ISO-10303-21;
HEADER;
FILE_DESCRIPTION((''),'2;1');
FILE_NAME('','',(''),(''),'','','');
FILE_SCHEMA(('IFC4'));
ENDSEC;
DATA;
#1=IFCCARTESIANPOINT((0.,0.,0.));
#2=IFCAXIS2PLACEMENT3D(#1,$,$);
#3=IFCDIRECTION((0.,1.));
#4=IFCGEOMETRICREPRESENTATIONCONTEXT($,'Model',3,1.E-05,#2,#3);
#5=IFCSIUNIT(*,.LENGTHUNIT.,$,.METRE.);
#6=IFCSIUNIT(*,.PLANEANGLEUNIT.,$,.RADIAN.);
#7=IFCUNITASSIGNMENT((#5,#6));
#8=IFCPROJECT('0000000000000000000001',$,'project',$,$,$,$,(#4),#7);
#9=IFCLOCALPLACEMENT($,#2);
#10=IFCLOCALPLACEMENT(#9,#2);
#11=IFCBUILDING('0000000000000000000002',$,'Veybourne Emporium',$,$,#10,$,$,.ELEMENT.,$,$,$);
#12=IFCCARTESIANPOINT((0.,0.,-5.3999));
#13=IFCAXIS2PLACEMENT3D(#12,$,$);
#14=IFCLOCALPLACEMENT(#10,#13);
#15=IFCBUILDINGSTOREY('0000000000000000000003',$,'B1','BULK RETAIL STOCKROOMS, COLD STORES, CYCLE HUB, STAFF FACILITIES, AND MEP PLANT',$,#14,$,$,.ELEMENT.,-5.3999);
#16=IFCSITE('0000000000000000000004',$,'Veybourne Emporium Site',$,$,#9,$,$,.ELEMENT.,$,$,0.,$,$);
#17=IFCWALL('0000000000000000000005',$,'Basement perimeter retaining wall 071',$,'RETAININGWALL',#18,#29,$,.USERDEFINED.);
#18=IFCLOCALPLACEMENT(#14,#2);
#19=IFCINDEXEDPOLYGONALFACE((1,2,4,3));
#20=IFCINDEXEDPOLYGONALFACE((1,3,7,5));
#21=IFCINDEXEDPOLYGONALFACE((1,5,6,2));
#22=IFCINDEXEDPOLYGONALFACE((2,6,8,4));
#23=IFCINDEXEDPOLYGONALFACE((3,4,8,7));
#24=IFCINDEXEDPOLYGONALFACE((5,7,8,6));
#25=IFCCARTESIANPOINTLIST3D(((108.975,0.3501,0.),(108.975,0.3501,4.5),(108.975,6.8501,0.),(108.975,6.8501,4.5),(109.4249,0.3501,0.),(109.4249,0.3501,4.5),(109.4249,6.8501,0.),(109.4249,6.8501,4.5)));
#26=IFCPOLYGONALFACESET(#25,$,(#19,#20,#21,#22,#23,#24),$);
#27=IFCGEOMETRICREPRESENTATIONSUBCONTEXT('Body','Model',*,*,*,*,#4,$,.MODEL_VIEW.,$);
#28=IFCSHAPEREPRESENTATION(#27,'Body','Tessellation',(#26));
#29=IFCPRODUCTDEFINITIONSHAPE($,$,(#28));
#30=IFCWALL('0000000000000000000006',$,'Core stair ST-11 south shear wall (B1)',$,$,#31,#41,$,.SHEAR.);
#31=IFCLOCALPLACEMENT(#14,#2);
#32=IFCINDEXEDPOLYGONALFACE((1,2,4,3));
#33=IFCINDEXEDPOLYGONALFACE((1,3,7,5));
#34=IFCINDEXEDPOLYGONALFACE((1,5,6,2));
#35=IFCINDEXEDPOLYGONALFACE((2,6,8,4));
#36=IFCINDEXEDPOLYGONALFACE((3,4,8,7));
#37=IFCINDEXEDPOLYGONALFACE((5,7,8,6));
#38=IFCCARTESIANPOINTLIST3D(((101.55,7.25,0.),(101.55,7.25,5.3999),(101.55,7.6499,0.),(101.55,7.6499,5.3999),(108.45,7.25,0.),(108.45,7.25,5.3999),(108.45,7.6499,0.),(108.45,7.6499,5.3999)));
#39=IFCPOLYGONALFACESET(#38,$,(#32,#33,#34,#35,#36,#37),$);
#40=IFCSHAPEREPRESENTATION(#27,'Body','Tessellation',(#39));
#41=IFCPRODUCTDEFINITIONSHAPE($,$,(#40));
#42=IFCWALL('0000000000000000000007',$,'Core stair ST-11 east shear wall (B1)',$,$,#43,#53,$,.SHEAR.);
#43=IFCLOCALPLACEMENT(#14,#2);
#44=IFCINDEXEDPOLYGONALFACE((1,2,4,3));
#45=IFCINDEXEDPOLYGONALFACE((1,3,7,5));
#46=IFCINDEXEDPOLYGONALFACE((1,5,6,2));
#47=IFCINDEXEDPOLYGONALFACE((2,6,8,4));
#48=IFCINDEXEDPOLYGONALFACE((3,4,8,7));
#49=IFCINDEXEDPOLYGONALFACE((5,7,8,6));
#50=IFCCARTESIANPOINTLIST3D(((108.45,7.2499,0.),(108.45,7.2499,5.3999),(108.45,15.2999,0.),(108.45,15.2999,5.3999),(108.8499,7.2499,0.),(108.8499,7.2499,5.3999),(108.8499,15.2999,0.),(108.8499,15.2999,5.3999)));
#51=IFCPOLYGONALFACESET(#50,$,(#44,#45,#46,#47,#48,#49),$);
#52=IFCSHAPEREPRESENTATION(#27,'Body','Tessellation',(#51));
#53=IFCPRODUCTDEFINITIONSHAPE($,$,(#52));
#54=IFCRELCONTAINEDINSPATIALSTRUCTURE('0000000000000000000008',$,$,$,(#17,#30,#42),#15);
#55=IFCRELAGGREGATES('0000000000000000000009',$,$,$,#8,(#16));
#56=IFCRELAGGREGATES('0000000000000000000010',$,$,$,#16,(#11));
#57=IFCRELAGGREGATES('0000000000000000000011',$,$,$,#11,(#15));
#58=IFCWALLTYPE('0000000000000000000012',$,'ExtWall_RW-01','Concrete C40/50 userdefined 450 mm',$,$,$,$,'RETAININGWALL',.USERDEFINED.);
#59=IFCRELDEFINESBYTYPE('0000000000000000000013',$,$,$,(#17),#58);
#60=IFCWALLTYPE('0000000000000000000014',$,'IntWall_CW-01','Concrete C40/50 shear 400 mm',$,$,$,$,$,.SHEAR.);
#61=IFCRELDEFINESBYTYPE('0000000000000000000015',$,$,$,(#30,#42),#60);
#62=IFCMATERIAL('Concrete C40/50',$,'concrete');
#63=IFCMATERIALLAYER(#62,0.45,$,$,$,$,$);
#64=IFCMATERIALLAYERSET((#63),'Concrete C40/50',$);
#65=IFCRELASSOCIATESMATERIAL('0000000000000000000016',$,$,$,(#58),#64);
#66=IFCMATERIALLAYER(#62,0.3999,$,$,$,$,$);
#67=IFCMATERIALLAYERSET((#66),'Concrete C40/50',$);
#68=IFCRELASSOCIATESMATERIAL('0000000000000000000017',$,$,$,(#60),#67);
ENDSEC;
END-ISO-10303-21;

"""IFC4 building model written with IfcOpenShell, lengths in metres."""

from ifc_helpers import new_model, si_unit, direction, frame, frame_2d, origin, place, context, subcontext, project, spatial, rectangle, extrude, material, layer, layer_set, type_object, element, save


model = new_model("IFC4")

# Units and contexts
model_context = context("Model", 3, precision=1e-05, world=origin(), true_north=direction((0.0, 1.0)))
body_context = subcontext(model_context, "Body", "Model", "MODEL_VIEW")
ifc_project = project(units=[si_unit("LENGTHUNIT", "METRE"), si_unit("PLANEANGLEUNIT", "RADIAN")], contexts=[model_context])

# Site, building, storey
site_placement = place(None, origin())
site = spatial("IfcSite", under=ifc_project, at=site_placement, Name="Veybourne Emporium Site", CompositionType="ELEMENT", RefElevation=0.0)
building_placement = place(site_placement, origin())
building = spatial("IfcBuilding", under=site, at=building_placement, Name="Veybourne Emporium", CompositionType="ELEMENT")
storey_placement = place(building_placement, frame((0.0, 0.0, -5.3999)))
storey = spatial("IfcBuildingStorey", under=building, at=storey_placement, Name="B1", Description="BULK RETAIL STOCKROOMS, COLD STORES, CYCLE HUB, STAFF FACILITIES, AND MEP PLANT", CompositionType="ELEMENT", Elevation=-5.3999)

# Shared definitions
ifc_material_1 = material(Name="Concrete C40/50", Category="concrete")

# Walls
ifc_layer_1 = layer(ifc_material_1, 0.45)
ifc_layer_set_1 = layer_set([ifc_layer_1], Name="Concrete C40/50")
wall_type_1 = type_object("IfcWallType", Name="ExtWall_RW-01", Description="Concrete C40/50 userdefined 450 mm", ElementType="RETAININGWALL", PredefinedType="USERDEFINED", material=ifc_layer_set_1)
wall_1_placement = place(storey_placement, frame((109.2, 0.3501, 0.0), z_axis=(0.0, 0.0, 1.0), x_axis=(0.0, 1.0, 0.0)))
element("IfcWall", 1, at=wall_1_placement, inside=storey, type_object=wall_type_1, Name="Basement perimeter retaining wall 071", ObjectType="RETAININGWALL", PredefinedType="USERDEFINED", context=body_context, shape_type="SweptSolid", body=[
    extrude(rectangle(XDim=6.5, YDim=0.45, at=frame_2d((3.25, 0.0))), origin(), (0.0, 0.0, 1.0), 4.5),
])
ifc_layer_2 = layer(ifc_material_1, 0.3999)
ifc_layer_set_2 = layer_set([ifc_layer_2], Name="Concrete C40/50")
wall_type_2 = type_object("IfcWallType", Name="IntWall_CW-01", Description="Concrete C40/50 shear 400 mm", PredefinedType="SHEAR", material=ifc_layer_set_2)
wall_2_placement = place(storey_placement, frame((108.45, 7.45, 0.0), z_axis=(0.0, 0.0, 1.0), x_axis=(-1.0, 0.0, 0.0)))
element("IfcWall", 2, at=wall_2_placement, inside=storey, type_object=wall_type_2, Name="Core stair ST-11 south shear wall (B1)", PredefinedType="SHEAR", context=body_context, shape_type="SweptSolid", body=[
    extrude(rectangle(XDim=6.8999, YDim=0.3999, at=frame_2d((3.45, 0.0))), origin(), (0.0, 0.0, 1.0), 5.3999),
])
wall_3_placement = place(storey_placement, frame((108.6499, 7.25, 0.0), z_axis=(0.0, 0.0, 1.0), x_axis=(0.0, 1.0, 0.0)))
element("IfcWall", 3, at=wall_3_placement, inside=storey, type_object=wall_type_2, Name="Core stair ST-11 east shear wall (B1)", PredefinedType="SHEAR", context=body_context, shape_type="SweptSolid", body=[
    extrude(rectangle(XDim=8.05, YDim=0.3999, at=frame_2d((4.0249, 0.0))), origin(), (0.0, 0.0, 1.0), 5.3999),
])

save(model, "model.ifc")
